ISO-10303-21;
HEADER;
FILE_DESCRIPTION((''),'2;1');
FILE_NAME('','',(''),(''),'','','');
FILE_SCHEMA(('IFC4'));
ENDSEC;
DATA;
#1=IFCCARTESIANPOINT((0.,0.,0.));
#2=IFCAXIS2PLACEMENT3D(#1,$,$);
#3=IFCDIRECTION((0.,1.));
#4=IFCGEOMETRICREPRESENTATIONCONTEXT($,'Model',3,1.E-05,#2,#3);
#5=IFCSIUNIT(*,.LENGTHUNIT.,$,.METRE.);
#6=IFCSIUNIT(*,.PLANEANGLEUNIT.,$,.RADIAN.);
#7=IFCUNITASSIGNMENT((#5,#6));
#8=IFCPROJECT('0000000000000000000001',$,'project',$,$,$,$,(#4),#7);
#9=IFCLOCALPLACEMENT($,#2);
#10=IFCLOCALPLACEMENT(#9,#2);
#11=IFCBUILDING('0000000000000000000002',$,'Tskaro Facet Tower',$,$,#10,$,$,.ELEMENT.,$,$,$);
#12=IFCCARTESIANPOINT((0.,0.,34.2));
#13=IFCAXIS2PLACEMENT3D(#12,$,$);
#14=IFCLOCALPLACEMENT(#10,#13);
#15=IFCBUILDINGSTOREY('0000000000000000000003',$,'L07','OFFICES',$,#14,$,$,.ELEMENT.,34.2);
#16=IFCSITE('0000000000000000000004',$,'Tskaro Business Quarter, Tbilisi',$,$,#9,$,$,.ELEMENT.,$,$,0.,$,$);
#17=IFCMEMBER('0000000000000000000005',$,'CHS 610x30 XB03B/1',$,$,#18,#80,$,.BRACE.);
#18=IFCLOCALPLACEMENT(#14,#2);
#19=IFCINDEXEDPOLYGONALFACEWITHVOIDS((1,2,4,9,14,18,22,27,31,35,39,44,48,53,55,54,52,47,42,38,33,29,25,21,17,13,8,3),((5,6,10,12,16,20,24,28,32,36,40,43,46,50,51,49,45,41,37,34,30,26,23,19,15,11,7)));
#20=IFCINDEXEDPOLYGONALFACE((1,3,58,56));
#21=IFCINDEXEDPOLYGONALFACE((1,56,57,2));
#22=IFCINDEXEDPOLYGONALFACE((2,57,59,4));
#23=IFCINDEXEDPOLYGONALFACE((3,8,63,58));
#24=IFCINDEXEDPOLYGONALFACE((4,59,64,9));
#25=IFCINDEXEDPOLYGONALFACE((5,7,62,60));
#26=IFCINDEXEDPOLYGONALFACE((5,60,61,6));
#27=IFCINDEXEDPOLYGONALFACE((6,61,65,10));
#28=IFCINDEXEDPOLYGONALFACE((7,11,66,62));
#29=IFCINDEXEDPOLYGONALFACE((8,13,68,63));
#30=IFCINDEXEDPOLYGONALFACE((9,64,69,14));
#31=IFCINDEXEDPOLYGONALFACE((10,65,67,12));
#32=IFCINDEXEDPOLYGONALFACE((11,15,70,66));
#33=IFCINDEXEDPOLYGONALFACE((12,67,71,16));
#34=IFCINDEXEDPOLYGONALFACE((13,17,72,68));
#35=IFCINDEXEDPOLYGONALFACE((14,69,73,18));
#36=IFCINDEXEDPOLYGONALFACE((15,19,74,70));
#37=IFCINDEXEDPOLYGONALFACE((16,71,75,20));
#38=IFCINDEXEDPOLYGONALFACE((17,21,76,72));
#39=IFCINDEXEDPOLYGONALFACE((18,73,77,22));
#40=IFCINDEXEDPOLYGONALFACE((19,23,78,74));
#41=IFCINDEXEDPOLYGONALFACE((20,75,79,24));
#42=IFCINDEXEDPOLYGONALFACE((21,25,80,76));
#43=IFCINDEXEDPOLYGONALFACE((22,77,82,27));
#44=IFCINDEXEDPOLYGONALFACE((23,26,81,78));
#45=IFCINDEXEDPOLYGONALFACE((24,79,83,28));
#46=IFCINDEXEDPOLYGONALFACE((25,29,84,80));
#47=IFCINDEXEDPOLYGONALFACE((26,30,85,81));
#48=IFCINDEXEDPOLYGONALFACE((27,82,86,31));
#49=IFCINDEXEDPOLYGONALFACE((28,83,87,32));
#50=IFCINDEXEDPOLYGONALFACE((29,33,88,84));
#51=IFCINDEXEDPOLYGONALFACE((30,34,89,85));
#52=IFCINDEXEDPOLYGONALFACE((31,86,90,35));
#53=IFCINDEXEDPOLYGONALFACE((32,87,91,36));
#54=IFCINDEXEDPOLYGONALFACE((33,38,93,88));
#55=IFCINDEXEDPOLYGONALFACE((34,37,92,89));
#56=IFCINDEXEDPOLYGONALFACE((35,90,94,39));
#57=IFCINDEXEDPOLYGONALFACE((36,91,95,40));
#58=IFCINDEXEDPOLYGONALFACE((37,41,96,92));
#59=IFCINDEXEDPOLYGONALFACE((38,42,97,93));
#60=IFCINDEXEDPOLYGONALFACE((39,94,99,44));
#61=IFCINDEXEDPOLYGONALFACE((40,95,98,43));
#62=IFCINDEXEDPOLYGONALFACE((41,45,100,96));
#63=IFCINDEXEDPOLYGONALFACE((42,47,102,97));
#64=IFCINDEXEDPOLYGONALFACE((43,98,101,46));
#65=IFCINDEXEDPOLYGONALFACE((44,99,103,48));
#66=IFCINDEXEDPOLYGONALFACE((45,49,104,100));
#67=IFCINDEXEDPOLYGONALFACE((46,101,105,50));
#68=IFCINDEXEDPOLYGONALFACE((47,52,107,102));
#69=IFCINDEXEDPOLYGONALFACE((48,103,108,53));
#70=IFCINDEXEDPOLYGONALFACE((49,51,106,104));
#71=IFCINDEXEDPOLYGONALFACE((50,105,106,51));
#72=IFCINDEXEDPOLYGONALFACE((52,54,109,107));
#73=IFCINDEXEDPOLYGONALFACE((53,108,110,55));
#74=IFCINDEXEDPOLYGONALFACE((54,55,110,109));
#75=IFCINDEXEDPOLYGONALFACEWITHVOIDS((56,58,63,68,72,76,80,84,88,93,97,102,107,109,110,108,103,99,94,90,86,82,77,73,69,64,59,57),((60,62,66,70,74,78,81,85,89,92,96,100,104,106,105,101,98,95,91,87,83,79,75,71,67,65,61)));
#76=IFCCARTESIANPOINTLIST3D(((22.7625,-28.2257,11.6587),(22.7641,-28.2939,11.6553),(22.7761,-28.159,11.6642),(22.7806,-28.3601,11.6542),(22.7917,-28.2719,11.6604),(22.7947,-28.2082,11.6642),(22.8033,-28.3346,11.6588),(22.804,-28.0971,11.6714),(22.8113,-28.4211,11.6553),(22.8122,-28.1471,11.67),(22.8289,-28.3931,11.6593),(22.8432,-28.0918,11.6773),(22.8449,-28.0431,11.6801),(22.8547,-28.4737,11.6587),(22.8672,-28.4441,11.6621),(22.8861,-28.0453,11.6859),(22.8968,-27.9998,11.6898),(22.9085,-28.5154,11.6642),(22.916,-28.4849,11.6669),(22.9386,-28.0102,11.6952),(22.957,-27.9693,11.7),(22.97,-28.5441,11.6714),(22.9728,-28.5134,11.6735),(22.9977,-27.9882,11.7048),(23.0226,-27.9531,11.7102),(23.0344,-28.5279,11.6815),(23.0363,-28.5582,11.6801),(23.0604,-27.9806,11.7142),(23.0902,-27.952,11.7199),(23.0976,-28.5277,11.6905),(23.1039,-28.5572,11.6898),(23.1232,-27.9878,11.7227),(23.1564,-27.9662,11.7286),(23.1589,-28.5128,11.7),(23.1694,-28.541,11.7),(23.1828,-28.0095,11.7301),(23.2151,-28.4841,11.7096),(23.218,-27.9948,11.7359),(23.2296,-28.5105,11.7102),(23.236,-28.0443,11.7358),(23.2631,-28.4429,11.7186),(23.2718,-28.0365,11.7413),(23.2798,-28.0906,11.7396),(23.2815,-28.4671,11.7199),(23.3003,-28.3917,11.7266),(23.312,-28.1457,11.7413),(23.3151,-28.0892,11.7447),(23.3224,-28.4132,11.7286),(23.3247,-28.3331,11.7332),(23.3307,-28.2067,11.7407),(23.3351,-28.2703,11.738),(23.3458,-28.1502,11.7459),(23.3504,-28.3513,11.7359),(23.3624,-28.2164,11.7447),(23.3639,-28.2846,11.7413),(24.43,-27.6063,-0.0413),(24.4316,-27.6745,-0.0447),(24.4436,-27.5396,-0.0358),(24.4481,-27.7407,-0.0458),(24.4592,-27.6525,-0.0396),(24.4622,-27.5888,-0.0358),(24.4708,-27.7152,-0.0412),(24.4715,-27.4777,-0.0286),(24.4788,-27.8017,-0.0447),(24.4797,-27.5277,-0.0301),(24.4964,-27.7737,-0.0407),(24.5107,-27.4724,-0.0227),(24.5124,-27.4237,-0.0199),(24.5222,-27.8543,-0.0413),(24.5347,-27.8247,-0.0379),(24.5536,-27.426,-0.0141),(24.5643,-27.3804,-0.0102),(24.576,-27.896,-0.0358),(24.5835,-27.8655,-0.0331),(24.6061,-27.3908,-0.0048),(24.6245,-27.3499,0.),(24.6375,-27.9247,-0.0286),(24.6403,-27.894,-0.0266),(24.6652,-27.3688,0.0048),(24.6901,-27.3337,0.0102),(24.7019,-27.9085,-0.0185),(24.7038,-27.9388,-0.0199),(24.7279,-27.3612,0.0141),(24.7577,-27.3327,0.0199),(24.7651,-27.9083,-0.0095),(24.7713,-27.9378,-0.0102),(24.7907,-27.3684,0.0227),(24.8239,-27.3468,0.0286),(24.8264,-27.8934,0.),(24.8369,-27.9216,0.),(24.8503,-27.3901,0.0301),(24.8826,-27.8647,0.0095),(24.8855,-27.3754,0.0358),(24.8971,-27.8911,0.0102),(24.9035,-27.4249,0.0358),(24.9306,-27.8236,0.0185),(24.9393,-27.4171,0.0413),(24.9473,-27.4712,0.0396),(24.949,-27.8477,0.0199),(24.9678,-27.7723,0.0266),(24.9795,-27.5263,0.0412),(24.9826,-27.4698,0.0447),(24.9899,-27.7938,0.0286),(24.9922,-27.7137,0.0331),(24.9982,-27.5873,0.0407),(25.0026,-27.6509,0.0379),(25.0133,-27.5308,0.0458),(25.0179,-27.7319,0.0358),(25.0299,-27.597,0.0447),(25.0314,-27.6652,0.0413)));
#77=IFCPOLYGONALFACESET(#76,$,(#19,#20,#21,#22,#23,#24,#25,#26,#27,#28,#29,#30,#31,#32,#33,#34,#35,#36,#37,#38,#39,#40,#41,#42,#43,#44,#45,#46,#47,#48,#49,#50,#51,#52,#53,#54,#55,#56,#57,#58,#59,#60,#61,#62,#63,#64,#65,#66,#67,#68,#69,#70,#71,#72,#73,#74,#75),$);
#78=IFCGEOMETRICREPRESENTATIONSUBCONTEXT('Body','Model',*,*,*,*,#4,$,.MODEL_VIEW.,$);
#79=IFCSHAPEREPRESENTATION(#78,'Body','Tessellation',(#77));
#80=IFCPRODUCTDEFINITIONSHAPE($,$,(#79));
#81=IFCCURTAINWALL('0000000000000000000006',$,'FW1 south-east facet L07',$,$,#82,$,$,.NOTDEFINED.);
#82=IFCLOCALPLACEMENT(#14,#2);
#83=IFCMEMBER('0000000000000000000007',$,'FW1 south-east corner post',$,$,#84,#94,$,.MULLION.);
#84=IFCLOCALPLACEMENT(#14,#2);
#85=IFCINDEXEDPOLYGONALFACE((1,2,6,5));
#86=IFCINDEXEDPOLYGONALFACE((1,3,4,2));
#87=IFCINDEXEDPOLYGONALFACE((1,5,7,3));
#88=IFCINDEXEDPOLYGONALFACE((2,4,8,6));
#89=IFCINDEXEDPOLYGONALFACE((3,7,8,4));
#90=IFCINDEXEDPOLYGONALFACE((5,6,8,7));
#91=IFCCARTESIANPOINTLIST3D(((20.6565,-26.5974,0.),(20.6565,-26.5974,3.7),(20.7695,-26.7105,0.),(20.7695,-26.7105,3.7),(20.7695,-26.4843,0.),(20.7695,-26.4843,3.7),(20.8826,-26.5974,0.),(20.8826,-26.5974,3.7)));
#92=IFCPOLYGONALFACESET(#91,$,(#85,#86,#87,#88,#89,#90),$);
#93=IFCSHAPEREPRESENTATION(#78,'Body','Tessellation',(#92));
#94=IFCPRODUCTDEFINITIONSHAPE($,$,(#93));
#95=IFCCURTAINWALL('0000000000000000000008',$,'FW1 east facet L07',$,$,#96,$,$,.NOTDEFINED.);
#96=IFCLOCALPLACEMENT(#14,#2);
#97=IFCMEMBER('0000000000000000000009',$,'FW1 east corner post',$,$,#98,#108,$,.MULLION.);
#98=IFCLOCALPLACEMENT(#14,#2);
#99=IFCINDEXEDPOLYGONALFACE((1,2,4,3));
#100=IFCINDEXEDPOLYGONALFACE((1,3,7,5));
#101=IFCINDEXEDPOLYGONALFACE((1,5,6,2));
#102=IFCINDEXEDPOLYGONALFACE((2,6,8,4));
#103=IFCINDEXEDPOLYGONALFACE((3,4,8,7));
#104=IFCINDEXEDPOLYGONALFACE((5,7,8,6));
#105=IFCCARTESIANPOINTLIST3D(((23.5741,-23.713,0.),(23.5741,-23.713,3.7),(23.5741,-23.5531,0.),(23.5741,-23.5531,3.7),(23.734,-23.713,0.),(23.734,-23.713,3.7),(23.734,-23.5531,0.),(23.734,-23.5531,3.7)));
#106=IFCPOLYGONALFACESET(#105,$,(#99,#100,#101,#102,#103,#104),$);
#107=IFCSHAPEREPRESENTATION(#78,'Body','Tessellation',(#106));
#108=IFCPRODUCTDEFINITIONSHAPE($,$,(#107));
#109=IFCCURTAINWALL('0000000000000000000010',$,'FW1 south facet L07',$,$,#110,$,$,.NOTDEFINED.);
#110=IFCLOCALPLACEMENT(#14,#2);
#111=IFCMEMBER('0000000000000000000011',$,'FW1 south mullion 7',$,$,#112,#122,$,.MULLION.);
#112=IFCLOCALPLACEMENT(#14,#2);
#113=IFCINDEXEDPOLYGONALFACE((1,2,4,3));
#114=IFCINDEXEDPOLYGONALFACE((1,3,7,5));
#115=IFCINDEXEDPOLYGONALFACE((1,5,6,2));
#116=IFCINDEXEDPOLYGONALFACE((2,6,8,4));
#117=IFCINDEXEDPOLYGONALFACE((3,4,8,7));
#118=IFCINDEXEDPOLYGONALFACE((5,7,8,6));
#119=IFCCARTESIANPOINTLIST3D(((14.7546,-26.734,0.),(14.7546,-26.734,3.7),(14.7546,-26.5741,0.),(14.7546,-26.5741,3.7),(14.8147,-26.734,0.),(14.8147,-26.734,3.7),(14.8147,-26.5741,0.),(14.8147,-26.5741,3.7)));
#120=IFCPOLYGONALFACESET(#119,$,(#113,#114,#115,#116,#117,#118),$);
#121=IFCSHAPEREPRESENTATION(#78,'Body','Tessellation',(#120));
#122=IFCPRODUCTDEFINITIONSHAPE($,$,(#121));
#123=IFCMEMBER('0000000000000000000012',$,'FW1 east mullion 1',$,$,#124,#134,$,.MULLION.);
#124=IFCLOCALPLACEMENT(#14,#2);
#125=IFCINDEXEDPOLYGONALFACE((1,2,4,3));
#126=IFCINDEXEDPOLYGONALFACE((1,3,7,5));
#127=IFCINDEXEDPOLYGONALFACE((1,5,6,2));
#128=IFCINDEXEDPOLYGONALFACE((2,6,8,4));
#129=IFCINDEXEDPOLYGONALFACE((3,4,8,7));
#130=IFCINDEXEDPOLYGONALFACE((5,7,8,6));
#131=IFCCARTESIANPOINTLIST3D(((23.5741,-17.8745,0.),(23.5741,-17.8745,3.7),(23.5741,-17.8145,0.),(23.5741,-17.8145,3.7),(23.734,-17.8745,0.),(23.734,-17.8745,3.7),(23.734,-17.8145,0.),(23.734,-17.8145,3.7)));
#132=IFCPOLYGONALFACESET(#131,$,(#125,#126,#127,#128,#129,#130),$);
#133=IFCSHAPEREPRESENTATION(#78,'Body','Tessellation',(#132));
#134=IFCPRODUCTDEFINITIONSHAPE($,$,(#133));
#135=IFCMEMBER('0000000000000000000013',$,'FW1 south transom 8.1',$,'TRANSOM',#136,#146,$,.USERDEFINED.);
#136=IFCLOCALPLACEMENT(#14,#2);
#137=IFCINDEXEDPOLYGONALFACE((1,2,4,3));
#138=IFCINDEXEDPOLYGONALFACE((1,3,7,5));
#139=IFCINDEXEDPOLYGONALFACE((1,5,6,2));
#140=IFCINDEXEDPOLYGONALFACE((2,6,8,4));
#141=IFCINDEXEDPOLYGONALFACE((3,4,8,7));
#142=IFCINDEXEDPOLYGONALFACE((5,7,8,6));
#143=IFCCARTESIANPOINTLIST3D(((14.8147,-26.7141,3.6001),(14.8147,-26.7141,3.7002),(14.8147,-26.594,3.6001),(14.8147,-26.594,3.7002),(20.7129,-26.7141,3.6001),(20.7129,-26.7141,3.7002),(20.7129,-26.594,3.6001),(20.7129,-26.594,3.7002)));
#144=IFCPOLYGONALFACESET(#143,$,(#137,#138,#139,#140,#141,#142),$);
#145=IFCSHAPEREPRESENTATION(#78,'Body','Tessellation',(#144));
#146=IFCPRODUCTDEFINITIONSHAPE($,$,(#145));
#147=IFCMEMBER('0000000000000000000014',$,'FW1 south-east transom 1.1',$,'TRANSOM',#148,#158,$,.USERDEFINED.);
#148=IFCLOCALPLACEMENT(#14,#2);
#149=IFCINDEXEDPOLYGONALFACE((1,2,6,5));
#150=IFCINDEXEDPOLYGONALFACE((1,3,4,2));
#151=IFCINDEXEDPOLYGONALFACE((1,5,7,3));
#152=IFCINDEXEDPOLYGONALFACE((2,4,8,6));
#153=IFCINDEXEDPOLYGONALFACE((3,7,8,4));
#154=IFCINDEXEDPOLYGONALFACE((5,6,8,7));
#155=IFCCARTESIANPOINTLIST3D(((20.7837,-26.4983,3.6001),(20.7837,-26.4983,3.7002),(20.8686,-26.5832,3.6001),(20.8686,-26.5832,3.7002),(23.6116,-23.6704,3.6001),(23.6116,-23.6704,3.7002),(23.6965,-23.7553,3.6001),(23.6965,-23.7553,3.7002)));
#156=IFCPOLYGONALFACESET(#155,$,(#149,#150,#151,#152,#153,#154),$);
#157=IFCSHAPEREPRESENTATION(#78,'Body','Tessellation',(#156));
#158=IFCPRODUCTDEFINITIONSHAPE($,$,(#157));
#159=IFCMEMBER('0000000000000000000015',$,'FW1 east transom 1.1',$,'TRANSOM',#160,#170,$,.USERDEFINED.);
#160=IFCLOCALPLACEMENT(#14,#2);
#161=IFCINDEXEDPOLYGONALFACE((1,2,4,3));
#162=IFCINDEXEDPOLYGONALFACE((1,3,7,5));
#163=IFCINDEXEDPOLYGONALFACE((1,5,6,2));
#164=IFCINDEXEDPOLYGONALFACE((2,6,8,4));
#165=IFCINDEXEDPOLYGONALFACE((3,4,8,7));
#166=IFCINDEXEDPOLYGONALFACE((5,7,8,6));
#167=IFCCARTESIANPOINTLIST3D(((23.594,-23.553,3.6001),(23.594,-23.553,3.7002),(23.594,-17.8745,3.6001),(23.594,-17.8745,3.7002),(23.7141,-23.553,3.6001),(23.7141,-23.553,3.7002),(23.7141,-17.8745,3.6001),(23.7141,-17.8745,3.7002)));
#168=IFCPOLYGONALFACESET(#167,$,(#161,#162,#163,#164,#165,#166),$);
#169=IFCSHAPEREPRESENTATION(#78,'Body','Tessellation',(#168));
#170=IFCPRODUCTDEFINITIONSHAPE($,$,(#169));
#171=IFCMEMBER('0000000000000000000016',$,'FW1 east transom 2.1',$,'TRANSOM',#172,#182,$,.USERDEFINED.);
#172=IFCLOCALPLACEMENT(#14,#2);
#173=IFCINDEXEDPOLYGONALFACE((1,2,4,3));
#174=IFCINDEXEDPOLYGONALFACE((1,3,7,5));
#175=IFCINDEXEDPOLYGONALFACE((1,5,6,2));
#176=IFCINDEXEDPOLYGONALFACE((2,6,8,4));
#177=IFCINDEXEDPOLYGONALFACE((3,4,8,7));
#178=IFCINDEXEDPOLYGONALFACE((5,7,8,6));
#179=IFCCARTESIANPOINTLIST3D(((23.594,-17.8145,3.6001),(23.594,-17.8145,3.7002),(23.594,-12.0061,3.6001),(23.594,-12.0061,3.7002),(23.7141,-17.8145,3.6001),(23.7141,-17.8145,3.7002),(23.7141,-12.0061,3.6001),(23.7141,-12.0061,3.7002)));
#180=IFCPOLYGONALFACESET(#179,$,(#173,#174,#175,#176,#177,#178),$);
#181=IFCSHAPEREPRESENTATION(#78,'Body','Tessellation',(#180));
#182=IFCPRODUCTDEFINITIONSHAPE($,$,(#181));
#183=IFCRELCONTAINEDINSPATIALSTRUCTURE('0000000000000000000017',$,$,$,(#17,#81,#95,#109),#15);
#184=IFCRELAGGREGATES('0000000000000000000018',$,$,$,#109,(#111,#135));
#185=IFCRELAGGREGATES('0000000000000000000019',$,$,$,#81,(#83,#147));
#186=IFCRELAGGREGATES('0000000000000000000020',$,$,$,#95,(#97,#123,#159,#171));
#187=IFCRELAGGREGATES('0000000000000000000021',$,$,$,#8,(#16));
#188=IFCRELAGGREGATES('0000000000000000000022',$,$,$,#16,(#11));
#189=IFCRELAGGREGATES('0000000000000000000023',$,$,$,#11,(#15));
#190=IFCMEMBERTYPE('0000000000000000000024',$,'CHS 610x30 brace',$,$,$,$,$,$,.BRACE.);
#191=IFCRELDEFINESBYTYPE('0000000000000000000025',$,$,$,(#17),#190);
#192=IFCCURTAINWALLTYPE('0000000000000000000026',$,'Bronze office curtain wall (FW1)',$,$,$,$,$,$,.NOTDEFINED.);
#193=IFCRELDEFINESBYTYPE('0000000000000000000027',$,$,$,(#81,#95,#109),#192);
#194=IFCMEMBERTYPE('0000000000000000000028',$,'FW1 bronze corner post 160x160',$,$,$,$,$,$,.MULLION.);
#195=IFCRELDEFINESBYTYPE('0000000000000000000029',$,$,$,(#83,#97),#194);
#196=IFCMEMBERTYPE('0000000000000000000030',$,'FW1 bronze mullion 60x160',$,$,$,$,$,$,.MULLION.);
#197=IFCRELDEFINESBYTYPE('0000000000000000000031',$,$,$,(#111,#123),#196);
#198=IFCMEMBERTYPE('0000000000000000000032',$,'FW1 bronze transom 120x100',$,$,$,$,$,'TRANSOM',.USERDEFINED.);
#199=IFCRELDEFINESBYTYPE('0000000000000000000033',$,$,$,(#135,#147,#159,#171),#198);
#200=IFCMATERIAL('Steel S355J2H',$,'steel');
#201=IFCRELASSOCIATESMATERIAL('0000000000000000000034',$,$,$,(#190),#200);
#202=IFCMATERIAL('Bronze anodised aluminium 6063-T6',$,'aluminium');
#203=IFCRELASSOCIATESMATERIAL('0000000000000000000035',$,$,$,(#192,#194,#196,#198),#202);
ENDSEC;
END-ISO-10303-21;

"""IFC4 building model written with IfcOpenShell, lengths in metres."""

from ifc_helpers import new_model, si_unit, direction, frame, origin, origin_2d, place, context, subcontext, project, spatial, rectangle, hollow_circle, extrude, material, material_profile, profile_set, type_object, element, aggregate, save


model = new_model("IFC4")

# Units and contexts
model_context = context("Model", 3, precision=1e-05, world=origin(), true_north=direction((0.0, 1.0)))
body_context = subcontext(model_context, "Body", "Model", "MODEL_VIEW")
ifc_project = project(units=[si_unit("LENGTHUNIT", "METRE"), si_unit("PLANEANGLEUNIT", "RADIAN")], contexts=[model_context])

# Site, building, storey
site_placement = place(None, origin())
site = spatial("IfcSite", under=ifc_project, at=site_placement, Name="Tskaro Business Quarter, Tbilisi", CompositionType="ELEMENT", RefElevation=0.0)
building_placement = place(site_placement, origin())
building = spatial("IfcBuilding", under=site, at=building_placement, Name="Tskaro Facet Tower", CompositionType="ELEMENT")
storey_placement = place(building_placement, frame((0.0, 0.0, 34.2)))
storey = spatial("IfcBuildingStorey", under=building, at=storey_placement, Name="L07", Description="OFFICES", CompositionType="ELEMENT", Elevation=34.2)

# Shared definitions
ifc_material_1 = material(Name="Steel S355J2H", Category="steel")

# Member
ifc_material_profile_1 = material_profile(ifc_material_1, hollow_circle(Radius=0.3049, WallThickness=0.03, at=origin_2d()), Name="CHS 610x30")
ifc_profile_set_1 = profile_set([ifc_material_profile_1], Name="Steel S355J2H")
member_type_1 = type_object("IfcMemberType", Name="CHS 610x30 brace", PredefinedType="BRACE", material=ifc_profile_set_1)
for number, where, z_axis, x_axis, name in (
    (1, (24.7307, -27.6357, 0.0), (-0.140901, -0.052338, 0.988639), (0.348204, -0.937419, 0.0), "CHS 610x30 XB03B/1"),
):
    element("IfcMember", number, at=place(storey_placement, frame(where, z_axis=z_axis, x_axis=x_axis)), inside=storey, type_object=member_type_1, Name=name, PredefinedType="BRACE", context=body_context, shape_type="SweptSolid", body=[
        extrude(hollow_circle(Radius=0.3049, WallThickness=0.03, at=origin_2d()), origin(), (0.0, 0.0, 1.0), 11.8345),
    ])

# Curtain walls, members
ifc_material_2 = material(Name="Bronze anodised aluminium 6063-T6", Category="aluminium")
curtain_wall_type = type_object("IfcCurtainWallType", Name="Bronze office curtain wall (FW1)", PredefinedType="NOTDEFINED", material=ifc_material_2)
curtain_wall_1_placement = place(storey_placement, origin())
curtain_wall_1 = element("IfcCurtainWall", 2, at=curtain_wall_1_placement, inside=storey, type_object=curtain_wall_type, Name="FW1 south-east facet L07", PredefinedType="NOTDEFINED")
ifc_material_profile_2 = material_profile(ifc_material_2, rectangle(XDim=0.1599, YDim=0.1599, at=origin_2d()), Name="Corner post 160x160")
ifc_profile_set_2 = profile_set([ifc_material_profile_2], Name="Bronze anodised aluminium 6063-T6")
member_type_2 = type_object("IfcMemberType", Name="FW1 bronze corner post 160x160", PredefinedType="MULLION", material=ifc_profile_set_2)
member_1_placement = place(storey_placement, frame((20.7695, -26.5974, 0.0), z_axis=(0.0, 0.0, 1.0), x_axis=(0.707107, 0.707107, 0.0)))
member_1 = element("IfcMember", 3, at=member_1_placement, type_object=member_type_2, Name="FW1 south-east corner post", PredefinedType="MULLION", context=body_context, shape_type="SweptSolid", body=[
    extrude(rectangle(XDim=0.1599, YDim=0.1599, at=origin_2d()), origin(), (0.0, 0.0, 1.0), 3.7),
])
curtain_wall_2_placement = place(storey_placement, origin())
curtain_wall_2 = element("IfcCurtainWall", 4, at=curtain_wall_2_placement, inside=storey, type_object=curtain_wall_type, Name="FW1 east facet L07", PredefinedType="NOTDEFINED")
member_2_placement = place(storey_placement, frame((23.6541, -23.6331, 0.0), z_axis=(0.0, 0.0, 1.0), x_axis=(0.0, 1.0, 0.0)))
member_2 = element("IfcMember", 5, at=member_2_placement, type_object=member_type_2, Name="FW1 east corner post", PredefinedType="MULLION", context=body_context, shape_type="SweptSolid", body=[
    extrude(rectangle(XDim=0.1599, YDim=0.1599, at=origin_2d()), origin(), (0.0, 0.0, 1.0), 3.7),
])
curtain_wall_3_placement = place(storey_placement, origin())
curtain_wall_3 = element("IfcCurtainWall", 6, at=curtain_wall_3_placement, inside=storey, type_object=curtain_wall_type, Name="FW1 south facet L07", PredefinedType="NOTDEFINED")
ifc_material_profile_3 = material_profile(ifc_material_2, rectangle(XDim=0.0601, YDim=0.1599, at=origin_2d()), Name="Mullion 60x160")
ifc_profile_set_3 = profile_set([ifc_material_profile_3], Name="Bronze anodised aluminium 6063-T6")
member_type_3 = type_object("IfcMemberType", Name="FW1 bronze mullion 60x160", PredefinedType="MULLION", material=ifc_profile_set_3)
member_3_placement = place(storey_placement, frame((14.7847, -26.6541, 0.0), z_axis=(0.0, 0.0, 1.0), x_axis=(1.0, 0.0, 0.0)))
member_3 = element("IfcMember", 7, at=member_3_placement, type_object=member_type_3, Name="FW1 south mullion 7", PredefinedType="MULLION", context=body_context, shape_type="SweptSolid", body=[
    extrude(rectangle(XDim=0.0601, YDim=0.1599, at=origin_2d()), origin(), (0.0, 0.0, 1.0), 3.7),
])

# Members
member_4_placement = place(storey_placement, frame((23.6541, -17.8445, 0.0), z_axis=(0.0, 0.0, 1.0), x_axis=(0.0, 1.0, 0.0)))
member_4 = element("IfcMember", 8, at=member_4_placement, type_object=member_type_3, Name="FW1 east mullion 1", PredefinedType="MULLION", context=body_context, shape_type="SweptSolid", body=[
    extrude(rectangle(XDim=0.0601, YDim=0.1599, at=origin_2d()), origin(), (0.0, 0.0, 1.0), 3.7),
])
ifc_material_profile_4 = material_profile(ifc_material_2, rectangle(XDim=0.1201, YDim=0.1001, at=origin_2d()), Name="Transom 120x100")
ifc_profile_set_4 = profile_set([ifc_material_profile_4], Name="Bronze anodised aluminium 6063-T6")
member_type_4 = type_object("IfcMemberType", Name="FW1 bronze transom 120x100", ElementType="TRANSOM", PredefinedType="USERDEFINED", material=ifc_profile_set_4)
member_5_placement = place(storey_placement, frame((14.8147, -26.6541, 3.6501), z_axis=(1.0, 0.0, 0.0), x_axis=(0.0, 1.0, 0.0)))
member_5 = element("IfcMember", 9, at=member_5_placement, type_object=member_type_4, Name="FW1 south transom 8.1", ObjectType="TRANSOM", PredefinedType="USERDEFINED", context=body_context, shape_type="SweptSolid", body=[
    extrude(rectangle(XDim=0.1201, YDim=0.1001, at=origin_2d()), origin(), (0.0, 0.0, 1.0), 5.8982),
])
member_6_placement = place(storey_placement, frame((20.8262, -26.5408, 3.6501), z_axis=(0.707107, 0.707107, 0.0), x_axis=(-0.707107, 0.707107, 0.0)))
member_6 = element("IfcMember", 10, at=member_6_placement, type_object=member_type_4, Name="FW1 south-east transom 1.1", ObjectType="TRANSOM", PredefinedType="USERDEFINED", context=body_context, shape_type="SweptSolid", body=[
    extrude(rectangle(XDim=0.1201, YDim=0.1001, at=origin_2d()), origin(), (0.0, 0.0, 1.0), 3.9993),
])
member_7_placement = place(storey_placement, frame((23.6541, -23.553, 3.6501), z_axis=(0.0, 1.0, 0.0), x_axis=(-1.0, 0.0, 0.0)))
member_7 = element("IfcMember", 11, at=member_7_placement, type_object=member_type_4, Name="FW1 east transom 1.1", ObjectType="TRANSOM", PredefinedType="USERDEFINED", context=body_context, shape_type="SweptSolid", body=[
    extrude(rectangle(XDim=0.1201, YDim=0.1001, at=origin_2d()), origin(), (0.0, 0.0, 1.0), 5.6785),
])
member_8_placement = place(storey_placement, frame((23.6541, -17.8145, 3.6501), z_axis=(0.0, 1.0, 0.0), x_axis=(-1.0, 0.0, 0.0)))
member_8 = element("IfcMember", 12, at=member_8_placement, type_object=member_type_4, Name="FW1 east transom 2.1", ObjectType="TRANSOM", PredefinedType="USERDEFINED", context=body_context, shape_type="SweptSolid", body=[
    extrude(rectangle(XDim=0.1201, YDim=0.1001, at=origin_2d()), origin(), (0.0, 0.0, 1.0), 5.8083),
])

aggregate(curtain_wall_3, [member_3, member_5])
aggregate(curtain_wall_1, [member_1, member_6])
aggregate(curtain_wall_2, [member_2, member_4, member_7, member_8])

save(model, "model.ifc")
